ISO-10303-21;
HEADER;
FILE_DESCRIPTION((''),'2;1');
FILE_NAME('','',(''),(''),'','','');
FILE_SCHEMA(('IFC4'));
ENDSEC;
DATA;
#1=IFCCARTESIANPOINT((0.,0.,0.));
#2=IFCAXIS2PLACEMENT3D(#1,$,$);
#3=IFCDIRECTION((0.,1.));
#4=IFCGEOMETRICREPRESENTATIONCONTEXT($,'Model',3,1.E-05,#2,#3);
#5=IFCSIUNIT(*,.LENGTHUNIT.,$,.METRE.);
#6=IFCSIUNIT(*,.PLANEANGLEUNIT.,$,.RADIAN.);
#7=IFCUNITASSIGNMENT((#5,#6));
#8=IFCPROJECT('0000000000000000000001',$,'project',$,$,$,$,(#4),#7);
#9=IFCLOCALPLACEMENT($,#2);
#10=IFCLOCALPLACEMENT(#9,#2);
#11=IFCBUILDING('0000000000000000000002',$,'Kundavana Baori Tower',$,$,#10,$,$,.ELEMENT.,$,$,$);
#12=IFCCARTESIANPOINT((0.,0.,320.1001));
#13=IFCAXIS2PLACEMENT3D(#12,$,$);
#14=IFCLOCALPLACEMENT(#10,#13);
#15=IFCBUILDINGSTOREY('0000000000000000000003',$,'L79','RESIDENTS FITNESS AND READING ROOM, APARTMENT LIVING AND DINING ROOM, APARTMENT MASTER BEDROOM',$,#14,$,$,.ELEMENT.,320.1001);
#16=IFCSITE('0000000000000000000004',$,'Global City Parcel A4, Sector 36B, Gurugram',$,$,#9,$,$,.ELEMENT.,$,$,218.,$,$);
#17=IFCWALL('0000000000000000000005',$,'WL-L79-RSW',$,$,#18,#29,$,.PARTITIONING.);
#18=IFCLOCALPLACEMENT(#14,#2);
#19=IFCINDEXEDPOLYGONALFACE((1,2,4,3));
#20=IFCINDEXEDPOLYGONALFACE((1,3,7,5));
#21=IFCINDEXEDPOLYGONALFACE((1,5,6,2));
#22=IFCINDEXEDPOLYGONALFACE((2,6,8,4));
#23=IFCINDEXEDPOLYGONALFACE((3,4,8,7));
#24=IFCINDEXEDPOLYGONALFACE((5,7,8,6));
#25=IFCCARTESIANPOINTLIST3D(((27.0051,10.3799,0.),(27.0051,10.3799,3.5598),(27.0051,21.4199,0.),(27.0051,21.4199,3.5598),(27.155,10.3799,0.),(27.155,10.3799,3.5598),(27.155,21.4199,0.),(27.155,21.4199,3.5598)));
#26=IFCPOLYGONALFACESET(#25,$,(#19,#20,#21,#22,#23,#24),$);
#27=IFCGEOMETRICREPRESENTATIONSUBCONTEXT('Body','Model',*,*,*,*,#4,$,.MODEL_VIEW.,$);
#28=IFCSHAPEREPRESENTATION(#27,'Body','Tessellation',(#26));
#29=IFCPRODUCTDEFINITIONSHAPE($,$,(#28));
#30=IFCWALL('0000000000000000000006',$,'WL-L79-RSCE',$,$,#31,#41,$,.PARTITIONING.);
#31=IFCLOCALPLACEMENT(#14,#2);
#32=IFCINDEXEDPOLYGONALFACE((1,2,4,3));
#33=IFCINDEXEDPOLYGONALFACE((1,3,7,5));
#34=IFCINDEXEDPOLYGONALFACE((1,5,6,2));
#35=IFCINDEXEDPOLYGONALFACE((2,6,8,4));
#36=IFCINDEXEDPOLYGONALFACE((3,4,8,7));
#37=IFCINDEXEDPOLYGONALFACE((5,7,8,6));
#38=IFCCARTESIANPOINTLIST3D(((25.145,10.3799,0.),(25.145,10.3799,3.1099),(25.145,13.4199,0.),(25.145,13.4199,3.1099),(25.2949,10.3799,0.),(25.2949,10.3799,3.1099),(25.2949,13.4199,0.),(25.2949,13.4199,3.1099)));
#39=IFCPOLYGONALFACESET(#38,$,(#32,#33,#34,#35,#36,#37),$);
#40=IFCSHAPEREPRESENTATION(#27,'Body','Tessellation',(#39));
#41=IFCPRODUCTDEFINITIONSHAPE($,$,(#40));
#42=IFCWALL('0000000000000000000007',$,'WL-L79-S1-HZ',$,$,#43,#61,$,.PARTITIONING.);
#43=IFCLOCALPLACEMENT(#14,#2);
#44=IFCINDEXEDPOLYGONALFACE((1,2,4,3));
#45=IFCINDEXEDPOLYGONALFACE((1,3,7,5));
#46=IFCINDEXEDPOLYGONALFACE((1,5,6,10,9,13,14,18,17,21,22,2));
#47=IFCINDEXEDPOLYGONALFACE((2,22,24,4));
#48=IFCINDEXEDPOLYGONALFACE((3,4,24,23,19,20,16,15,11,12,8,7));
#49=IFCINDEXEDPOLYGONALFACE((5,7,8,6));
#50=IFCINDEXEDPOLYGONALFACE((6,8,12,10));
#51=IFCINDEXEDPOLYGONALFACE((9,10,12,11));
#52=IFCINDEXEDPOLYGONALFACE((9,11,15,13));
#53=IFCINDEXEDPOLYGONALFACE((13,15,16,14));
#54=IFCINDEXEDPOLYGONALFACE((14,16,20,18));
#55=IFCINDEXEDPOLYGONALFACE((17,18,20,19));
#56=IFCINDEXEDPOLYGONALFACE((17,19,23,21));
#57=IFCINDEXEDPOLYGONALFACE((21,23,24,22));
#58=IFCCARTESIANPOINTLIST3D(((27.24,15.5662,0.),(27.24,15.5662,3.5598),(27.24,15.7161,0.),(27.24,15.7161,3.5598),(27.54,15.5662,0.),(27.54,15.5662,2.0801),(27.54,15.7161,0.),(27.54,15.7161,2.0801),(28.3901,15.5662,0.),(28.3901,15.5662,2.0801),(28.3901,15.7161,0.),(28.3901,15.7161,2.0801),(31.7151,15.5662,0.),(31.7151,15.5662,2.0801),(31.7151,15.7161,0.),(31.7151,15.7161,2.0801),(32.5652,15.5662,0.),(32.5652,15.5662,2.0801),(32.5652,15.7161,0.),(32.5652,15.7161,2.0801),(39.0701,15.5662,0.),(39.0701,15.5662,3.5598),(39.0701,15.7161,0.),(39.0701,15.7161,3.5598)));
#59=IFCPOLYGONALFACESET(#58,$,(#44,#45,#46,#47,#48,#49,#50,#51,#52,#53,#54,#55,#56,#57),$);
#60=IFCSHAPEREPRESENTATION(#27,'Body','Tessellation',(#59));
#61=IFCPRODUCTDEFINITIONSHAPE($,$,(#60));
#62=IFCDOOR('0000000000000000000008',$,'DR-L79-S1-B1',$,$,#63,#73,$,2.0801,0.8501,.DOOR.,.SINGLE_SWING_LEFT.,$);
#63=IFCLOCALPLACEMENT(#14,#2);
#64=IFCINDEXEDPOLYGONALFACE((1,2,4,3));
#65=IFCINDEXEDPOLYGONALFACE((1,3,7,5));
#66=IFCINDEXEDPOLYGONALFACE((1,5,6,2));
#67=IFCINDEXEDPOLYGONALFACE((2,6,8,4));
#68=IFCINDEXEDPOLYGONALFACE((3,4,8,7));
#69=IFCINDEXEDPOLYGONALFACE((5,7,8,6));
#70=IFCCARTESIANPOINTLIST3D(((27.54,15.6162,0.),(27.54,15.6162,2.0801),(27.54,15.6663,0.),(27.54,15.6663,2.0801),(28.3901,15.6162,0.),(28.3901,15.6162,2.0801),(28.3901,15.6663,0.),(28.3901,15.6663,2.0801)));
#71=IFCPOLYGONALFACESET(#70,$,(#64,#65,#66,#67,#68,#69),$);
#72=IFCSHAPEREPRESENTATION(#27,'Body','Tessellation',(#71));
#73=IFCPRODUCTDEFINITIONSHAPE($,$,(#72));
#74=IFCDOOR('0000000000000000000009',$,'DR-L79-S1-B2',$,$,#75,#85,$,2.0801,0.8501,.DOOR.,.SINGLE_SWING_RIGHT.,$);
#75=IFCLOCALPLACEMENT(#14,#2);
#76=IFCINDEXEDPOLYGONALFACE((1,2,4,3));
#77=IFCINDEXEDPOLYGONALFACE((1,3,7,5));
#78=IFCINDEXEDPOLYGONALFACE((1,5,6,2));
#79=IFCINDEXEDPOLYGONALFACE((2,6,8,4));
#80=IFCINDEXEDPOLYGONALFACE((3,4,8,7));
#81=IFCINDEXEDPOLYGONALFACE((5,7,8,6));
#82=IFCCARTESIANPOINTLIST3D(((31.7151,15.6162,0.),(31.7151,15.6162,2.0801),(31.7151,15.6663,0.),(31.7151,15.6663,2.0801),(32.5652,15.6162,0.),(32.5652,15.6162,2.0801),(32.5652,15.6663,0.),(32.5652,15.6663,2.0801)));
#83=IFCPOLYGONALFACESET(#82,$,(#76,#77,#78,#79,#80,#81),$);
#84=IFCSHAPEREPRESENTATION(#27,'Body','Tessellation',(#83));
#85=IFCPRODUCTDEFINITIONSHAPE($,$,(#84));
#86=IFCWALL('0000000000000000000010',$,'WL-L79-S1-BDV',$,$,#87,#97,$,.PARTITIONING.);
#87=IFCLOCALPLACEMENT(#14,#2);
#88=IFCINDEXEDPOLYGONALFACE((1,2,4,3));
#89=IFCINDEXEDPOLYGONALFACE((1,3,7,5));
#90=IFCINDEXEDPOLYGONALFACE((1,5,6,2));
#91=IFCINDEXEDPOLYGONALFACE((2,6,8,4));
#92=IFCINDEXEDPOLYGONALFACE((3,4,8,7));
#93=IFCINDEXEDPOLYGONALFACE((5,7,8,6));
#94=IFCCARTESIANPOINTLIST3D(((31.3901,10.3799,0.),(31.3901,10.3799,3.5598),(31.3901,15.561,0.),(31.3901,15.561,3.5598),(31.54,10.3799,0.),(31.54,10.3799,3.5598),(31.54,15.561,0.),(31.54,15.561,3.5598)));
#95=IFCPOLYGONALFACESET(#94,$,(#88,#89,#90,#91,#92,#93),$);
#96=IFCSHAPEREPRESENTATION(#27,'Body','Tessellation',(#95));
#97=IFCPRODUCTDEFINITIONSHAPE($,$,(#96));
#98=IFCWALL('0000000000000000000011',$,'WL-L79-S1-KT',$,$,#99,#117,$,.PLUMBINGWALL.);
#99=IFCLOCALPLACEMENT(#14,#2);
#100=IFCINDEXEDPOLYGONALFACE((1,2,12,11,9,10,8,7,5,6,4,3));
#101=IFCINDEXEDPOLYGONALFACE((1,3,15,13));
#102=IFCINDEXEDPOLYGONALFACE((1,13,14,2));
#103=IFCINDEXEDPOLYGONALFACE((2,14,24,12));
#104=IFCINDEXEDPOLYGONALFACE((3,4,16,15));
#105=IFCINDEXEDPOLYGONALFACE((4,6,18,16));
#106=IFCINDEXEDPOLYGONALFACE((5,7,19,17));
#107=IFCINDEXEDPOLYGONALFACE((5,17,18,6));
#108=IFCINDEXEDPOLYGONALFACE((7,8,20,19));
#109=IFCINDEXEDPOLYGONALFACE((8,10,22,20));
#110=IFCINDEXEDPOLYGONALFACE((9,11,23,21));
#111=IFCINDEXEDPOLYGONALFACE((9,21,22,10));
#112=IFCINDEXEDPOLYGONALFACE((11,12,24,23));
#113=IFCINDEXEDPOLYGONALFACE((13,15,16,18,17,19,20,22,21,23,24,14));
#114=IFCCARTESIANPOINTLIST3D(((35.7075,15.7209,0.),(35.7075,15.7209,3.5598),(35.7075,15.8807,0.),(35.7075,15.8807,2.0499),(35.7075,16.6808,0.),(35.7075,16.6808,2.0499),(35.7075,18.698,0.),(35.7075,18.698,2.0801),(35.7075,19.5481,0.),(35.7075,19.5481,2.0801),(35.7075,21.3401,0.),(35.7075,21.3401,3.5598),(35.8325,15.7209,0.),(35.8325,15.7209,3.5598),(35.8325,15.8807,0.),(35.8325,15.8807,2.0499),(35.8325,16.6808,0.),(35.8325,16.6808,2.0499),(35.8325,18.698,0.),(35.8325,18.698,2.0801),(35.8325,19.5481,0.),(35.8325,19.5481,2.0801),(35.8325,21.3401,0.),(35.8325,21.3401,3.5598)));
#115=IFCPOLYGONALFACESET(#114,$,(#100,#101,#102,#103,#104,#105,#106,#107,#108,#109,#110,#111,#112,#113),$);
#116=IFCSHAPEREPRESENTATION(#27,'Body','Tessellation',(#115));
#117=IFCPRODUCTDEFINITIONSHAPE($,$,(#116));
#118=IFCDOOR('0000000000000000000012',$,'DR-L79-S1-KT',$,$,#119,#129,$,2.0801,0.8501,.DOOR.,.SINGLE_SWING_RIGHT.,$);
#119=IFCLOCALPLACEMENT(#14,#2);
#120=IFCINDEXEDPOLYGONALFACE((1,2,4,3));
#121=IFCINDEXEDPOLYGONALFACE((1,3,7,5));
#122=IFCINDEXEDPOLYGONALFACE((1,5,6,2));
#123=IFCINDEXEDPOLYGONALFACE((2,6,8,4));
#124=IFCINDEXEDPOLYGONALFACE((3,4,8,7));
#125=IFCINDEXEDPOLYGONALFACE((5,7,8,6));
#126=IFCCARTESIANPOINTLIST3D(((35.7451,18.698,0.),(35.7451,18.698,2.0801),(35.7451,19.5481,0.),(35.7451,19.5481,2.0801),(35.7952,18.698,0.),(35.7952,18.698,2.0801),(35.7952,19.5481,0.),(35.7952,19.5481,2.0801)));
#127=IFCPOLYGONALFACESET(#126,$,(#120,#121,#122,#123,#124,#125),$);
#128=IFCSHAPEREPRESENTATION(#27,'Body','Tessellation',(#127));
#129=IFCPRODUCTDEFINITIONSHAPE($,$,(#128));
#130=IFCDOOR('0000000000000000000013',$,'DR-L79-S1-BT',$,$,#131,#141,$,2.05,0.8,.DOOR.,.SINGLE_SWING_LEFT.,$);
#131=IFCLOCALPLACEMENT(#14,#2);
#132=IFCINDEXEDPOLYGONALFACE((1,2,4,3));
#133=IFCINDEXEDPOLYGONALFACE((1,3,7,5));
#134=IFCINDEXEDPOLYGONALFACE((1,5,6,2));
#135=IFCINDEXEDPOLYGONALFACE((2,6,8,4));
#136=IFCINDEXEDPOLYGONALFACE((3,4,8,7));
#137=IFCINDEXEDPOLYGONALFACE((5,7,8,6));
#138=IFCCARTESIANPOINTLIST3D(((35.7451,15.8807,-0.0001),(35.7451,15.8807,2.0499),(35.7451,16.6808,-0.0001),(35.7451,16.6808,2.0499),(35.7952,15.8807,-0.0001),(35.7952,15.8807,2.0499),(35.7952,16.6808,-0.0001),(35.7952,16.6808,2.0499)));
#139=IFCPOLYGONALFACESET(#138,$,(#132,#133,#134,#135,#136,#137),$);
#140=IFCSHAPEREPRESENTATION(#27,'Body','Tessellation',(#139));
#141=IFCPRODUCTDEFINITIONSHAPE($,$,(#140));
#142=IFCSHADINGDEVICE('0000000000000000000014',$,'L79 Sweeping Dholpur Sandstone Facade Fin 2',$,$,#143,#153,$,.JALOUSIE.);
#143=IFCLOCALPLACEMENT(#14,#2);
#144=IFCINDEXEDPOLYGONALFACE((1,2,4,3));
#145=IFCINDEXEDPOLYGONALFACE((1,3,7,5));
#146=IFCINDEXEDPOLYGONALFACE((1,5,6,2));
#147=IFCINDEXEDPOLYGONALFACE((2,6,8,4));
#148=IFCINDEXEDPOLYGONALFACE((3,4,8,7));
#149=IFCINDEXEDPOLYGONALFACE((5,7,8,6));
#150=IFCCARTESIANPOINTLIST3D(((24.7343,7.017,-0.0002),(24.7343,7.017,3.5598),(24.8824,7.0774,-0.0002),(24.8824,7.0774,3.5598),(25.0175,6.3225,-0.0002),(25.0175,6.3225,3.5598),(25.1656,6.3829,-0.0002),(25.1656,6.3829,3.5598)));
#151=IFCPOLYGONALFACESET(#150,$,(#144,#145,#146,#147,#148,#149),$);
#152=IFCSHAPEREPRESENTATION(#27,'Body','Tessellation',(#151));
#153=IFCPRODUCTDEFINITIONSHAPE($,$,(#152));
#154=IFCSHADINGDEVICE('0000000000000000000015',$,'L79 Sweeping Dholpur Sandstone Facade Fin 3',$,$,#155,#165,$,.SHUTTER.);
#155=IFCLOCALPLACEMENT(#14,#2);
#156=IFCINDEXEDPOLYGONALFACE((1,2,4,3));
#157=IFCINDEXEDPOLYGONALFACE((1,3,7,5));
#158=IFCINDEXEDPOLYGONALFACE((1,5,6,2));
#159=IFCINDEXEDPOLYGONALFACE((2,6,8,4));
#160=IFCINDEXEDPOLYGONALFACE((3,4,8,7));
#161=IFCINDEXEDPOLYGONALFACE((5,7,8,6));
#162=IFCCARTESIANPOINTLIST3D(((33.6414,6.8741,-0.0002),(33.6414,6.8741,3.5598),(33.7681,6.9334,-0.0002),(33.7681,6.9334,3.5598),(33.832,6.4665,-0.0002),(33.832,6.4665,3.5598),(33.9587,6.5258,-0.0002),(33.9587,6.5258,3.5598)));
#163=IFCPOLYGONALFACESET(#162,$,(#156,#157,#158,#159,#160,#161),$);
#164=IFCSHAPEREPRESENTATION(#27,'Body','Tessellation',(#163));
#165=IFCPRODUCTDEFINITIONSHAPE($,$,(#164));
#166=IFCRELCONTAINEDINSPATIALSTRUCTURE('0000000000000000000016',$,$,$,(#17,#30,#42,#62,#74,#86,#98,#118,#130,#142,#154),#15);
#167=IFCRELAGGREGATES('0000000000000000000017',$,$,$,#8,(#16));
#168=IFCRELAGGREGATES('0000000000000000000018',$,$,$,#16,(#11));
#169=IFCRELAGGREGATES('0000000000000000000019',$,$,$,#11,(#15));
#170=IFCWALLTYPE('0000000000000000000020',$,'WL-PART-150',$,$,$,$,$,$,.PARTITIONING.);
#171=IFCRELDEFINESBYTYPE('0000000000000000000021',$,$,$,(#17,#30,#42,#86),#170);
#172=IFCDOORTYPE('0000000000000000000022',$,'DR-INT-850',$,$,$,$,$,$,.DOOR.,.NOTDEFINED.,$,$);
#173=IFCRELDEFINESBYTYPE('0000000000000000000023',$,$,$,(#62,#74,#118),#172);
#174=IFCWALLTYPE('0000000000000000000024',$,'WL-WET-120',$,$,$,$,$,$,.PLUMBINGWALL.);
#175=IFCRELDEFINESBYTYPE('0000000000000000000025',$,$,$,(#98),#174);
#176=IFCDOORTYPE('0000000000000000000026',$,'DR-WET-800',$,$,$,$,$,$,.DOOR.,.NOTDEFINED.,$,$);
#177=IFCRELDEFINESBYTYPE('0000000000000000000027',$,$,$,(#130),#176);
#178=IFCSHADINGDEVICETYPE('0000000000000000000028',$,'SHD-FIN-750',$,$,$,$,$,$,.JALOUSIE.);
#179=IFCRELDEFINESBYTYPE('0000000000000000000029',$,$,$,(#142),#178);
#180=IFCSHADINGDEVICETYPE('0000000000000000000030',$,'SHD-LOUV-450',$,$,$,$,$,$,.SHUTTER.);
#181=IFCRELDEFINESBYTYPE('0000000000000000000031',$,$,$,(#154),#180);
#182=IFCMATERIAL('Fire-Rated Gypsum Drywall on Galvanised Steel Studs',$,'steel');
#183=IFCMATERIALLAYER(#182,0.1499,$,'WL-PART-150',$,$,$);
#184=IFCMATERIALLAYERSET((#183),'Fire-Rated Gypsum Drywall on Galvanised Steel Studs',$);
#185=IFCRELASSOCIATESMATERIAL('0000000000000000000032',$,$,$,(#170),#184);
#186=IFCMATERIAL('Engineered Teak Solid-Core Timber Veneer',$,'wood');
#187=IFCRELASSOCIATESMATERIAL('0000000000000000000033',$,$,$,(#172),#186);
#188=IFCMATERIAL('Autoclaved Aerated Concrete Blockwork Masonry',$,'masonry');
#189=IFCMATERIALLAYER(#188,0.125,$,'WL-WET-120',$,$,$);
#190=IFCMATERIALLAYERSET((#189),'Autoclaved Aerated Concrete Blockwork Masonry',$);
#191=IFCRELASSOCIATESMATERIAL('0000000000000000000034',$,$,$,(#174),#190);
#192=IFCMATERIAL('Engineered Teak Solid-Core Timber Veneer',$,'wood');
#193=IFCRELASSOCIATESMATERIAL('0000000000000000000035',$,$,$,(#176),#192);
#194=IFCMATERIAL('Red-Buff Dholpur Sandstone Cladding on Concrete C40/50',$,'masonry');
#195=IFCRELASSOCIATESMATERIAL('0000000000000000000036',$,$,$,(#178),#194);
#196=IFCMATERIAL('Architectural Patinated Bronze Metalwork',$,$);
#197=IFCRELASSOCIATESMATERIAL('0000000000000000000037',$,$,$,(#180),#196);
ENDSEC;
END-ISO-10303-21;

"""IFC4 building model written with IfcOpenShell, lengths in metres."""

from ifc_helpers import new_model, si_unit, direction, frame, frame_2d, origin, origin_2d, place, context, subcontext, project, spatial, rectangle, extrude, material, layer, layer_set, type_object, element, fill, save


model = new_model("IFC4")

# Units and contexts
model_context = context("Model", 3, precision=1e-05, world=origin(), true_north=direction((0.0, 1.0)))
body_context = subcontext(model_context, "Body", "Model", "MODEL_VIEW")
ifc_project = project(units=[si_unit("LENGTHUNIT", "METRE"), si_unit("PLANEANGLEUNIT", "RADIAN")], contexts=[model_context])

# Site, building, storey
site_placement = place(None, origin())
site = spatial("IfcSite", under=ifc_project, at=site_placement, Name="Global City Parcel A4, Sector 36B, Gurugram", CompositionType="ELEMENT", RefElevation=218.0)
building_placement = place(site_placement, origin())
building = spatial("IfcBuilding", under=site, at=building_placement, Name="Kundavana Baori Tower", CompositionType="ELEMENT")
storey_placement = place(building_placement, frame((0.0, 0.0, 320.1001)))
storey = spatial("IfcBuildingStorey", under=building, at=storey_placement, Name="L79", Description="RESIDENTS FITNESS AND READING ROOM, APARTMENT LIVING AND DINING ROOM, APARTMENT MASTER BEDROOM", CompositionType="ELEMENT", Elevation=320.1001)

# Walls
ifc_material_1 = material(Name="Fire-Rated Gypsum Drywall on Galvanised Steel Studs", Category="steel")
ifc_layer_1 = layer(ifc_material_1, 0.1499, Name="WL-PART-150")
ifc_layer_set_1 = layer_set([ifc_layer_1], Name="Fire-Rated Gypsum Drywall on Galvanised Steel Studs")
wall_type_1 = type_object("IfcWallType", Name="WL-PART-150", PredefinedType="PARTITIONING", material=ifc_layer_set_1)
wall_1_placement = place(storey_placement, frame((27.0801, 10.3799, 0.0), z_axis=(0.0, 0.0, 1.0), x_axis=(0.0, 1.0, 0.0)))
element("IfcWall", 1, at=wall_1_placement, inside=storey, type_object=wall_type_1, Name="WL-L79-RSW", PredefinedType="PARTITIONING", context=body_context, shape_type="SweptSolid", body=[
    extrude(rectangle(XDim=11.04, YDim=0.1499, at=frame_2d((5.52, 0.0))), origin(), (0.0, 0.0, 1.0), 3.5598),
])
wall_2_placement = place(storey_placement, frame((25.22, 10.3799, 0.0), z_axis=(0.0, 0.0, 1.0), x_axis=(0.0, 1.0, 0.0)))
element("IfcWall", 2, at=wall_2_placement, inside=storey, type_object=wall_type_1, Name="WL-L79-RSCE", PredefinedType="PARTITIONING", context=body_context, shape_type="SweptSolid", body=[
    extrude(rectangle(XDim=3.04, YDim=0.1499, at=frame_2d((1.52, 0.0))), origin(), (0.0, 0.0, 1.0), 3.1099),
])

# Wall, openings, doors
wall_3_placement = place(storey_placement, frame((27.24, 15.6411, 0.0), z_axis=(0.0, 0.0, 1.0), x_axis=(1.0, 0.0, 0.0)))
wall_3 = element("IfcWall", 3, at=wall_3_placement, inside=storey, type_object=wall_type_1, Name="WL-L79-S1-HZ", PredefinedType="PARTITIONING", context=body_context, shape_type="SweptSolid", body=[
    extrude(rectangle(XDim=11.8301, YDim=0.1499, at=frame_2d((5.915, 0.0))), origin(), (0.0, 0.0, 1.0), 3.5598),
])
opening_1_placement = place(wall_3_placement, frame((0.3, 0.0, 0.0)))
opening_1 = element("IfcOpeningElement", 4, at=opening_1_placement, cuts=wall_3, PredefinedType="OPENING", context=body_context, shape_type="SweptSolid", body=[
    extrude(rectangle(XDim=0.8501, YDim=2.0801, at=frame_2d((0.425, 1.04))), frame((0.0, 0.085, 0.0), z_axis=(0.0, -1.0, 0.0), x_axis=(1.0, 0.0, 0.0)), (0.0, 0.0, 1.0), 0.1699),
])
opening_2_placement = place(wall_3_placement, frame((4.4751, 0.0, 0.0)))
opening_2 = element("IfcOpeningElement", 5, at=opening_2_placement, cuts=wall_3, PredefinedType="OPENING", context=body_context, shape_type="SweptSolid", body=[
    extrude(rectangle(XDim=0.8501, YDim=2.0801, at=frame_2d((0.425, 1.04))), frame((0.0, 0.085, 0.0), z_axis=(0.0, -1.0, 0.0), x_axis=(1.0, 0.0, 0.0)), (0.0, 0.0, 1.0), 0.1699),
])
ifc_material_2 = material(Name="Engineered Teak Solid-Core Timber Veneer", Category="wood")
door_type_1 = type_object("IfcDoorType", Name="DR-INT-850", OperationType="NOTDEFINED", PredefinedType="DOOR", material=ifc_material_2)
door_1_placement = place(opening_1_placement, frame((0.8501, 0.0, 0.0), z_axis=(0.0, 0.0, 1.0), x_axis=(-1.0, 0.0, 0.0)))
door_1 = element("IfcDoor", 6, at=door_1_placement, inside=storey, type_object=door_type_1, Name="DR-L79-S1-B1", OperationType="SINGLE_SWING_LEFT", OverallHeight=2.0801, OverallWidth=0.8501, PredefinedType="DOOR", context=body_context, shape_type="SweptSolid", body=[
    extrude(rectangle(XDim=0.8501, YDim=2.0801, at=frame_2d((0.425, 1.04))), frame((0.0, 0.0249, 0.0), z_axis=(0.0, -1.0, 0.0), x_axis=(1.0, 0.0, 0.0)), (0.0, 0.0, 1.0), 0.05),
])
fill(opening_1, door_1)
door_2_placement = place(opening_2_placement, frame((0.8501, 0.0, 0.0), z_axis=(0.0, 0.0, 1.0), x_axis=(-1.0, 0.0, 0.0)))
door_2 = element("IfcDoor", 7, at=door_2_placement, inside=storey, type_object=door_type_1, Name="DR-L79-S1-B2", OperationType="SINGLE_SWING_RIGHT", OverallHeight=2.0801, OverallWidth=0.8501, PredefinedType="DOOR", context=body_context, shape_type="SweptSolid", body=[
    extrude(rectangle(XDim=0.8501, YDim=2.0801, at=frame_2d((0.425, 1.04))), frame((0.0, 0.0249, 0.0), z_axis=(0.0, -1.0, 0.0), x_axis=(1.0, 0.0, 0.0)), (0.0, 0.0, 1.0), 0.05),
])
fill(opening_2, door_2)

# Wall
wall_4_placement = place(storey_placement, frame((31.4651, 10.3799, 0.0), z_axis=(0.0, 0.0, 1.0), x_axis=(0.0, 1.0, 0.0)))
element("IfcWall", 8, at=wall_4_placement, inside=storey, type_object=wall_type_1, Name="WL-L79-S1-BDV", PredefinedType="PARTITIONING", context=body_context, shape_type="SweptSolid", body=[
    extrude(rectangle(XDim=5.1812, YDim=0.1499, at=frame_2d((2.5906, 0.0))), origin(), (0.0, 0.0, 1.0), 3.5598),
])

# Wall, openings, doors
ifc_material_3 = material(Name="Autoclaved Aerated Concrete Blockwork Masonry", Category="masonry")
ifc_layer_2 = layer(ifc_material_3, 0.125, Name="WL-WET-120")
ifc_layer_set_2 = layer_set([ifc_layer_2], Name="Autoclaved Aerated Concrete Blockwork Masonry")
wall_type_2 = type_object("IfcWallType", Name="WL-WET-120", PredefinedType="PLUMBINGWALL", material=ifc_layer_set_2)
wall_5_placement = place(storey_placement, frame((35.77, 15.7209, 0.0), z_axis=(0.0, 0.0, 1.0), x_axis=(0.0, 1.0, 0.0)))
wall_5 = element("IfcWall", 9, at=wall_5_placement, inside=storey, type_object=wall_type_2, Name="WL-L79-S1-KT", PredefinedType="PLUMBINGWALL", context=body_context, shape_type="SweptSolid", body=[
    extrude(rectangle(XDim=5.6191, YDim=0.125, at=frame_2d((2.8096, 0.0))), origin(), (0.0, 0.0, 1.0), 3.5598),
])
opening_3_placement = place(wall_5_placement, frame((0.1599, 0.0, 0.0)))
opening_3 = element("IfcOpeningElement", 10, at=opening_3_placement, cuts=wall_5, PredefinedType="OPENING", context=body_context, shape_type="SweptSolid", body=[
    extrude(rectangle(XDim=0.8, YDim=2.05, at=frame_2d((0.3999, 1.0249))), frame((0.0, 0.0725, 0.0), z_axis=(0.0, -1.0, 0.0), x_axis=(1.0, 0.0, 0.0)), (0.0, 0.0, 1.0), 0.145),
])
opening_4_placement = place(wall_5_placement, frame((2.9771, 0.0, 0.0)))
opening_4 = element("IfcOpeningElement", 11, at=opening_4_placement, cuts=wall_5, PredefinedType="OPENING", context=body_context, shape_type="SweptSolid", body=[
    extrude(rectangle(XDim=0.8501, YDim=2.0801, at=frame_2d((0.425, 1.04))), frame((0.0, 0.0725, 0.0), z_axis=(0.0, -1.0, 0.0), x_axis=(1.0, 0.0, 0.0)), (0.0, 0.0, 1.0), 0.145),
])
door_3_placement = place(opening_4_placement, origin())
door_3 = element("IfcDoor", 12, at=door_3_placement, inside=storey, type_object=door_type_1, Name="DR-L79-S1-KT", OperationType="SINGLE_SWING_RIGHT", OverallHeight=2.0801, OverallWidth=0.8501, PredefinedType="DOOR", context=body_context, shape_type="SweptSolid", body=[
    extrude(rectangle(XDim=0.8501, YDim=2.0801, at=frame_2d((0.425, 1.04))), frame((0.0, 0.0249, 0.0), z_axis=(0.0, -1.0, 0.0), x_axis=(1.0, 0.0, 0.0)), (0.0, 0.0, 1.0), 0.05),
])
fill(opening_4, door_3)
ifc_material_4 = material(Name="Engineered Teak Solid-Core Timber Veneer", Category="wood")
door_type_2 = type_object("IfcDoorType", Name="DR-WET-800", OperationType="NOTDEFINED", PredefinedType="DOOR", material=ifc_material_4)
door_4_placement = place(opening_3_placement, origin())
door_4 = element("IfcDoor", 13, at=door_4_placement, inside=storey, type_object=door_type_2, Name="DR-L79-S1-BT", OperationType="SINGLE_SWING_LEFT", OverallHeight=2.05, OverallWidth=0.8, PredefinedType="DOOR", context=body_context, shape_type="SweptSolid", body=[
    extrude(rectangle(XDim=0.8, YDim=2.05, at=frame_2d((0.3999, 1.0249))), frame((0.0, 0.0249, 0.0), z_axis=(0.0, -1.0, 0.0), x_axis=(1.0, 0.0, 0.0)), (0.0, 0.0, 1.0), 0.05),
])
fill(opening_3, door_4)

# Shading devices
ifc_material_5 = material(Name="Red-Buff Dholpur Sandstone Cladding on Concrete C40/50", Category="masonry")
shading_device_type_1 = type_object("IfcShadingDeviceType", Name="SHD-FIN-750", PredefinedType="JALOUSIE", material=ifc_material_5)
shading_device_1_placement = place(storey_placement, frame((24.95, 6.7, -0.0002), z_axis=(0.0, 0.0, 1.0), x_axis=(0.925937, 0.377679, 0.0)))
element("IfcShadingDevice", 14, at=shading_device_1_placement, inside=storey, type_object=shading_device_type_1, Name="L79 Sweeping Dholpur Sandstone Facade Fin 2", PredefinedType="JALOUSIE", context=body_context, shape_type="SweptSolid", body=[
    extrude(rectangle(XDim=0.1599, YDim=0.75, at=origin_2d()), origin(), (0.0, 0.0, 1.0), 3.5601),
])
ifc_material_6 = material(Name="Architectural Patinated Bronze Metalwork")
shading_device_type_2 = type_object("IfcShadingDeviceType", Name="SHD-LOUV-450", PredefinedType="SHUTTER", material=ifc_material_6)
shading_device_2_placement = place(storey_placement, frame((33.8, 6.7, -0.0002), z_axis=(0.0, 0.0, 1.0), x_axis=(0.905791, 0.423725, 0.0)))
element("IfcShadingDevice", 15, at=shading_device_2_placement, inside=storey, type_object=shading_device_type_2, Name="L79 Sweeping Dholpur Sandstone Facade Fin 3", PredefinedType="SHUTTER", context=body_context, shape_type="SweptSolid", body=[
    extrude(rectangle(XDim=0.1399, YDim=0.45, at=origin_2d()), origin(), (0.0, 0.0, 1.0), 3.5601),
])

save(model, "model.ifc")
